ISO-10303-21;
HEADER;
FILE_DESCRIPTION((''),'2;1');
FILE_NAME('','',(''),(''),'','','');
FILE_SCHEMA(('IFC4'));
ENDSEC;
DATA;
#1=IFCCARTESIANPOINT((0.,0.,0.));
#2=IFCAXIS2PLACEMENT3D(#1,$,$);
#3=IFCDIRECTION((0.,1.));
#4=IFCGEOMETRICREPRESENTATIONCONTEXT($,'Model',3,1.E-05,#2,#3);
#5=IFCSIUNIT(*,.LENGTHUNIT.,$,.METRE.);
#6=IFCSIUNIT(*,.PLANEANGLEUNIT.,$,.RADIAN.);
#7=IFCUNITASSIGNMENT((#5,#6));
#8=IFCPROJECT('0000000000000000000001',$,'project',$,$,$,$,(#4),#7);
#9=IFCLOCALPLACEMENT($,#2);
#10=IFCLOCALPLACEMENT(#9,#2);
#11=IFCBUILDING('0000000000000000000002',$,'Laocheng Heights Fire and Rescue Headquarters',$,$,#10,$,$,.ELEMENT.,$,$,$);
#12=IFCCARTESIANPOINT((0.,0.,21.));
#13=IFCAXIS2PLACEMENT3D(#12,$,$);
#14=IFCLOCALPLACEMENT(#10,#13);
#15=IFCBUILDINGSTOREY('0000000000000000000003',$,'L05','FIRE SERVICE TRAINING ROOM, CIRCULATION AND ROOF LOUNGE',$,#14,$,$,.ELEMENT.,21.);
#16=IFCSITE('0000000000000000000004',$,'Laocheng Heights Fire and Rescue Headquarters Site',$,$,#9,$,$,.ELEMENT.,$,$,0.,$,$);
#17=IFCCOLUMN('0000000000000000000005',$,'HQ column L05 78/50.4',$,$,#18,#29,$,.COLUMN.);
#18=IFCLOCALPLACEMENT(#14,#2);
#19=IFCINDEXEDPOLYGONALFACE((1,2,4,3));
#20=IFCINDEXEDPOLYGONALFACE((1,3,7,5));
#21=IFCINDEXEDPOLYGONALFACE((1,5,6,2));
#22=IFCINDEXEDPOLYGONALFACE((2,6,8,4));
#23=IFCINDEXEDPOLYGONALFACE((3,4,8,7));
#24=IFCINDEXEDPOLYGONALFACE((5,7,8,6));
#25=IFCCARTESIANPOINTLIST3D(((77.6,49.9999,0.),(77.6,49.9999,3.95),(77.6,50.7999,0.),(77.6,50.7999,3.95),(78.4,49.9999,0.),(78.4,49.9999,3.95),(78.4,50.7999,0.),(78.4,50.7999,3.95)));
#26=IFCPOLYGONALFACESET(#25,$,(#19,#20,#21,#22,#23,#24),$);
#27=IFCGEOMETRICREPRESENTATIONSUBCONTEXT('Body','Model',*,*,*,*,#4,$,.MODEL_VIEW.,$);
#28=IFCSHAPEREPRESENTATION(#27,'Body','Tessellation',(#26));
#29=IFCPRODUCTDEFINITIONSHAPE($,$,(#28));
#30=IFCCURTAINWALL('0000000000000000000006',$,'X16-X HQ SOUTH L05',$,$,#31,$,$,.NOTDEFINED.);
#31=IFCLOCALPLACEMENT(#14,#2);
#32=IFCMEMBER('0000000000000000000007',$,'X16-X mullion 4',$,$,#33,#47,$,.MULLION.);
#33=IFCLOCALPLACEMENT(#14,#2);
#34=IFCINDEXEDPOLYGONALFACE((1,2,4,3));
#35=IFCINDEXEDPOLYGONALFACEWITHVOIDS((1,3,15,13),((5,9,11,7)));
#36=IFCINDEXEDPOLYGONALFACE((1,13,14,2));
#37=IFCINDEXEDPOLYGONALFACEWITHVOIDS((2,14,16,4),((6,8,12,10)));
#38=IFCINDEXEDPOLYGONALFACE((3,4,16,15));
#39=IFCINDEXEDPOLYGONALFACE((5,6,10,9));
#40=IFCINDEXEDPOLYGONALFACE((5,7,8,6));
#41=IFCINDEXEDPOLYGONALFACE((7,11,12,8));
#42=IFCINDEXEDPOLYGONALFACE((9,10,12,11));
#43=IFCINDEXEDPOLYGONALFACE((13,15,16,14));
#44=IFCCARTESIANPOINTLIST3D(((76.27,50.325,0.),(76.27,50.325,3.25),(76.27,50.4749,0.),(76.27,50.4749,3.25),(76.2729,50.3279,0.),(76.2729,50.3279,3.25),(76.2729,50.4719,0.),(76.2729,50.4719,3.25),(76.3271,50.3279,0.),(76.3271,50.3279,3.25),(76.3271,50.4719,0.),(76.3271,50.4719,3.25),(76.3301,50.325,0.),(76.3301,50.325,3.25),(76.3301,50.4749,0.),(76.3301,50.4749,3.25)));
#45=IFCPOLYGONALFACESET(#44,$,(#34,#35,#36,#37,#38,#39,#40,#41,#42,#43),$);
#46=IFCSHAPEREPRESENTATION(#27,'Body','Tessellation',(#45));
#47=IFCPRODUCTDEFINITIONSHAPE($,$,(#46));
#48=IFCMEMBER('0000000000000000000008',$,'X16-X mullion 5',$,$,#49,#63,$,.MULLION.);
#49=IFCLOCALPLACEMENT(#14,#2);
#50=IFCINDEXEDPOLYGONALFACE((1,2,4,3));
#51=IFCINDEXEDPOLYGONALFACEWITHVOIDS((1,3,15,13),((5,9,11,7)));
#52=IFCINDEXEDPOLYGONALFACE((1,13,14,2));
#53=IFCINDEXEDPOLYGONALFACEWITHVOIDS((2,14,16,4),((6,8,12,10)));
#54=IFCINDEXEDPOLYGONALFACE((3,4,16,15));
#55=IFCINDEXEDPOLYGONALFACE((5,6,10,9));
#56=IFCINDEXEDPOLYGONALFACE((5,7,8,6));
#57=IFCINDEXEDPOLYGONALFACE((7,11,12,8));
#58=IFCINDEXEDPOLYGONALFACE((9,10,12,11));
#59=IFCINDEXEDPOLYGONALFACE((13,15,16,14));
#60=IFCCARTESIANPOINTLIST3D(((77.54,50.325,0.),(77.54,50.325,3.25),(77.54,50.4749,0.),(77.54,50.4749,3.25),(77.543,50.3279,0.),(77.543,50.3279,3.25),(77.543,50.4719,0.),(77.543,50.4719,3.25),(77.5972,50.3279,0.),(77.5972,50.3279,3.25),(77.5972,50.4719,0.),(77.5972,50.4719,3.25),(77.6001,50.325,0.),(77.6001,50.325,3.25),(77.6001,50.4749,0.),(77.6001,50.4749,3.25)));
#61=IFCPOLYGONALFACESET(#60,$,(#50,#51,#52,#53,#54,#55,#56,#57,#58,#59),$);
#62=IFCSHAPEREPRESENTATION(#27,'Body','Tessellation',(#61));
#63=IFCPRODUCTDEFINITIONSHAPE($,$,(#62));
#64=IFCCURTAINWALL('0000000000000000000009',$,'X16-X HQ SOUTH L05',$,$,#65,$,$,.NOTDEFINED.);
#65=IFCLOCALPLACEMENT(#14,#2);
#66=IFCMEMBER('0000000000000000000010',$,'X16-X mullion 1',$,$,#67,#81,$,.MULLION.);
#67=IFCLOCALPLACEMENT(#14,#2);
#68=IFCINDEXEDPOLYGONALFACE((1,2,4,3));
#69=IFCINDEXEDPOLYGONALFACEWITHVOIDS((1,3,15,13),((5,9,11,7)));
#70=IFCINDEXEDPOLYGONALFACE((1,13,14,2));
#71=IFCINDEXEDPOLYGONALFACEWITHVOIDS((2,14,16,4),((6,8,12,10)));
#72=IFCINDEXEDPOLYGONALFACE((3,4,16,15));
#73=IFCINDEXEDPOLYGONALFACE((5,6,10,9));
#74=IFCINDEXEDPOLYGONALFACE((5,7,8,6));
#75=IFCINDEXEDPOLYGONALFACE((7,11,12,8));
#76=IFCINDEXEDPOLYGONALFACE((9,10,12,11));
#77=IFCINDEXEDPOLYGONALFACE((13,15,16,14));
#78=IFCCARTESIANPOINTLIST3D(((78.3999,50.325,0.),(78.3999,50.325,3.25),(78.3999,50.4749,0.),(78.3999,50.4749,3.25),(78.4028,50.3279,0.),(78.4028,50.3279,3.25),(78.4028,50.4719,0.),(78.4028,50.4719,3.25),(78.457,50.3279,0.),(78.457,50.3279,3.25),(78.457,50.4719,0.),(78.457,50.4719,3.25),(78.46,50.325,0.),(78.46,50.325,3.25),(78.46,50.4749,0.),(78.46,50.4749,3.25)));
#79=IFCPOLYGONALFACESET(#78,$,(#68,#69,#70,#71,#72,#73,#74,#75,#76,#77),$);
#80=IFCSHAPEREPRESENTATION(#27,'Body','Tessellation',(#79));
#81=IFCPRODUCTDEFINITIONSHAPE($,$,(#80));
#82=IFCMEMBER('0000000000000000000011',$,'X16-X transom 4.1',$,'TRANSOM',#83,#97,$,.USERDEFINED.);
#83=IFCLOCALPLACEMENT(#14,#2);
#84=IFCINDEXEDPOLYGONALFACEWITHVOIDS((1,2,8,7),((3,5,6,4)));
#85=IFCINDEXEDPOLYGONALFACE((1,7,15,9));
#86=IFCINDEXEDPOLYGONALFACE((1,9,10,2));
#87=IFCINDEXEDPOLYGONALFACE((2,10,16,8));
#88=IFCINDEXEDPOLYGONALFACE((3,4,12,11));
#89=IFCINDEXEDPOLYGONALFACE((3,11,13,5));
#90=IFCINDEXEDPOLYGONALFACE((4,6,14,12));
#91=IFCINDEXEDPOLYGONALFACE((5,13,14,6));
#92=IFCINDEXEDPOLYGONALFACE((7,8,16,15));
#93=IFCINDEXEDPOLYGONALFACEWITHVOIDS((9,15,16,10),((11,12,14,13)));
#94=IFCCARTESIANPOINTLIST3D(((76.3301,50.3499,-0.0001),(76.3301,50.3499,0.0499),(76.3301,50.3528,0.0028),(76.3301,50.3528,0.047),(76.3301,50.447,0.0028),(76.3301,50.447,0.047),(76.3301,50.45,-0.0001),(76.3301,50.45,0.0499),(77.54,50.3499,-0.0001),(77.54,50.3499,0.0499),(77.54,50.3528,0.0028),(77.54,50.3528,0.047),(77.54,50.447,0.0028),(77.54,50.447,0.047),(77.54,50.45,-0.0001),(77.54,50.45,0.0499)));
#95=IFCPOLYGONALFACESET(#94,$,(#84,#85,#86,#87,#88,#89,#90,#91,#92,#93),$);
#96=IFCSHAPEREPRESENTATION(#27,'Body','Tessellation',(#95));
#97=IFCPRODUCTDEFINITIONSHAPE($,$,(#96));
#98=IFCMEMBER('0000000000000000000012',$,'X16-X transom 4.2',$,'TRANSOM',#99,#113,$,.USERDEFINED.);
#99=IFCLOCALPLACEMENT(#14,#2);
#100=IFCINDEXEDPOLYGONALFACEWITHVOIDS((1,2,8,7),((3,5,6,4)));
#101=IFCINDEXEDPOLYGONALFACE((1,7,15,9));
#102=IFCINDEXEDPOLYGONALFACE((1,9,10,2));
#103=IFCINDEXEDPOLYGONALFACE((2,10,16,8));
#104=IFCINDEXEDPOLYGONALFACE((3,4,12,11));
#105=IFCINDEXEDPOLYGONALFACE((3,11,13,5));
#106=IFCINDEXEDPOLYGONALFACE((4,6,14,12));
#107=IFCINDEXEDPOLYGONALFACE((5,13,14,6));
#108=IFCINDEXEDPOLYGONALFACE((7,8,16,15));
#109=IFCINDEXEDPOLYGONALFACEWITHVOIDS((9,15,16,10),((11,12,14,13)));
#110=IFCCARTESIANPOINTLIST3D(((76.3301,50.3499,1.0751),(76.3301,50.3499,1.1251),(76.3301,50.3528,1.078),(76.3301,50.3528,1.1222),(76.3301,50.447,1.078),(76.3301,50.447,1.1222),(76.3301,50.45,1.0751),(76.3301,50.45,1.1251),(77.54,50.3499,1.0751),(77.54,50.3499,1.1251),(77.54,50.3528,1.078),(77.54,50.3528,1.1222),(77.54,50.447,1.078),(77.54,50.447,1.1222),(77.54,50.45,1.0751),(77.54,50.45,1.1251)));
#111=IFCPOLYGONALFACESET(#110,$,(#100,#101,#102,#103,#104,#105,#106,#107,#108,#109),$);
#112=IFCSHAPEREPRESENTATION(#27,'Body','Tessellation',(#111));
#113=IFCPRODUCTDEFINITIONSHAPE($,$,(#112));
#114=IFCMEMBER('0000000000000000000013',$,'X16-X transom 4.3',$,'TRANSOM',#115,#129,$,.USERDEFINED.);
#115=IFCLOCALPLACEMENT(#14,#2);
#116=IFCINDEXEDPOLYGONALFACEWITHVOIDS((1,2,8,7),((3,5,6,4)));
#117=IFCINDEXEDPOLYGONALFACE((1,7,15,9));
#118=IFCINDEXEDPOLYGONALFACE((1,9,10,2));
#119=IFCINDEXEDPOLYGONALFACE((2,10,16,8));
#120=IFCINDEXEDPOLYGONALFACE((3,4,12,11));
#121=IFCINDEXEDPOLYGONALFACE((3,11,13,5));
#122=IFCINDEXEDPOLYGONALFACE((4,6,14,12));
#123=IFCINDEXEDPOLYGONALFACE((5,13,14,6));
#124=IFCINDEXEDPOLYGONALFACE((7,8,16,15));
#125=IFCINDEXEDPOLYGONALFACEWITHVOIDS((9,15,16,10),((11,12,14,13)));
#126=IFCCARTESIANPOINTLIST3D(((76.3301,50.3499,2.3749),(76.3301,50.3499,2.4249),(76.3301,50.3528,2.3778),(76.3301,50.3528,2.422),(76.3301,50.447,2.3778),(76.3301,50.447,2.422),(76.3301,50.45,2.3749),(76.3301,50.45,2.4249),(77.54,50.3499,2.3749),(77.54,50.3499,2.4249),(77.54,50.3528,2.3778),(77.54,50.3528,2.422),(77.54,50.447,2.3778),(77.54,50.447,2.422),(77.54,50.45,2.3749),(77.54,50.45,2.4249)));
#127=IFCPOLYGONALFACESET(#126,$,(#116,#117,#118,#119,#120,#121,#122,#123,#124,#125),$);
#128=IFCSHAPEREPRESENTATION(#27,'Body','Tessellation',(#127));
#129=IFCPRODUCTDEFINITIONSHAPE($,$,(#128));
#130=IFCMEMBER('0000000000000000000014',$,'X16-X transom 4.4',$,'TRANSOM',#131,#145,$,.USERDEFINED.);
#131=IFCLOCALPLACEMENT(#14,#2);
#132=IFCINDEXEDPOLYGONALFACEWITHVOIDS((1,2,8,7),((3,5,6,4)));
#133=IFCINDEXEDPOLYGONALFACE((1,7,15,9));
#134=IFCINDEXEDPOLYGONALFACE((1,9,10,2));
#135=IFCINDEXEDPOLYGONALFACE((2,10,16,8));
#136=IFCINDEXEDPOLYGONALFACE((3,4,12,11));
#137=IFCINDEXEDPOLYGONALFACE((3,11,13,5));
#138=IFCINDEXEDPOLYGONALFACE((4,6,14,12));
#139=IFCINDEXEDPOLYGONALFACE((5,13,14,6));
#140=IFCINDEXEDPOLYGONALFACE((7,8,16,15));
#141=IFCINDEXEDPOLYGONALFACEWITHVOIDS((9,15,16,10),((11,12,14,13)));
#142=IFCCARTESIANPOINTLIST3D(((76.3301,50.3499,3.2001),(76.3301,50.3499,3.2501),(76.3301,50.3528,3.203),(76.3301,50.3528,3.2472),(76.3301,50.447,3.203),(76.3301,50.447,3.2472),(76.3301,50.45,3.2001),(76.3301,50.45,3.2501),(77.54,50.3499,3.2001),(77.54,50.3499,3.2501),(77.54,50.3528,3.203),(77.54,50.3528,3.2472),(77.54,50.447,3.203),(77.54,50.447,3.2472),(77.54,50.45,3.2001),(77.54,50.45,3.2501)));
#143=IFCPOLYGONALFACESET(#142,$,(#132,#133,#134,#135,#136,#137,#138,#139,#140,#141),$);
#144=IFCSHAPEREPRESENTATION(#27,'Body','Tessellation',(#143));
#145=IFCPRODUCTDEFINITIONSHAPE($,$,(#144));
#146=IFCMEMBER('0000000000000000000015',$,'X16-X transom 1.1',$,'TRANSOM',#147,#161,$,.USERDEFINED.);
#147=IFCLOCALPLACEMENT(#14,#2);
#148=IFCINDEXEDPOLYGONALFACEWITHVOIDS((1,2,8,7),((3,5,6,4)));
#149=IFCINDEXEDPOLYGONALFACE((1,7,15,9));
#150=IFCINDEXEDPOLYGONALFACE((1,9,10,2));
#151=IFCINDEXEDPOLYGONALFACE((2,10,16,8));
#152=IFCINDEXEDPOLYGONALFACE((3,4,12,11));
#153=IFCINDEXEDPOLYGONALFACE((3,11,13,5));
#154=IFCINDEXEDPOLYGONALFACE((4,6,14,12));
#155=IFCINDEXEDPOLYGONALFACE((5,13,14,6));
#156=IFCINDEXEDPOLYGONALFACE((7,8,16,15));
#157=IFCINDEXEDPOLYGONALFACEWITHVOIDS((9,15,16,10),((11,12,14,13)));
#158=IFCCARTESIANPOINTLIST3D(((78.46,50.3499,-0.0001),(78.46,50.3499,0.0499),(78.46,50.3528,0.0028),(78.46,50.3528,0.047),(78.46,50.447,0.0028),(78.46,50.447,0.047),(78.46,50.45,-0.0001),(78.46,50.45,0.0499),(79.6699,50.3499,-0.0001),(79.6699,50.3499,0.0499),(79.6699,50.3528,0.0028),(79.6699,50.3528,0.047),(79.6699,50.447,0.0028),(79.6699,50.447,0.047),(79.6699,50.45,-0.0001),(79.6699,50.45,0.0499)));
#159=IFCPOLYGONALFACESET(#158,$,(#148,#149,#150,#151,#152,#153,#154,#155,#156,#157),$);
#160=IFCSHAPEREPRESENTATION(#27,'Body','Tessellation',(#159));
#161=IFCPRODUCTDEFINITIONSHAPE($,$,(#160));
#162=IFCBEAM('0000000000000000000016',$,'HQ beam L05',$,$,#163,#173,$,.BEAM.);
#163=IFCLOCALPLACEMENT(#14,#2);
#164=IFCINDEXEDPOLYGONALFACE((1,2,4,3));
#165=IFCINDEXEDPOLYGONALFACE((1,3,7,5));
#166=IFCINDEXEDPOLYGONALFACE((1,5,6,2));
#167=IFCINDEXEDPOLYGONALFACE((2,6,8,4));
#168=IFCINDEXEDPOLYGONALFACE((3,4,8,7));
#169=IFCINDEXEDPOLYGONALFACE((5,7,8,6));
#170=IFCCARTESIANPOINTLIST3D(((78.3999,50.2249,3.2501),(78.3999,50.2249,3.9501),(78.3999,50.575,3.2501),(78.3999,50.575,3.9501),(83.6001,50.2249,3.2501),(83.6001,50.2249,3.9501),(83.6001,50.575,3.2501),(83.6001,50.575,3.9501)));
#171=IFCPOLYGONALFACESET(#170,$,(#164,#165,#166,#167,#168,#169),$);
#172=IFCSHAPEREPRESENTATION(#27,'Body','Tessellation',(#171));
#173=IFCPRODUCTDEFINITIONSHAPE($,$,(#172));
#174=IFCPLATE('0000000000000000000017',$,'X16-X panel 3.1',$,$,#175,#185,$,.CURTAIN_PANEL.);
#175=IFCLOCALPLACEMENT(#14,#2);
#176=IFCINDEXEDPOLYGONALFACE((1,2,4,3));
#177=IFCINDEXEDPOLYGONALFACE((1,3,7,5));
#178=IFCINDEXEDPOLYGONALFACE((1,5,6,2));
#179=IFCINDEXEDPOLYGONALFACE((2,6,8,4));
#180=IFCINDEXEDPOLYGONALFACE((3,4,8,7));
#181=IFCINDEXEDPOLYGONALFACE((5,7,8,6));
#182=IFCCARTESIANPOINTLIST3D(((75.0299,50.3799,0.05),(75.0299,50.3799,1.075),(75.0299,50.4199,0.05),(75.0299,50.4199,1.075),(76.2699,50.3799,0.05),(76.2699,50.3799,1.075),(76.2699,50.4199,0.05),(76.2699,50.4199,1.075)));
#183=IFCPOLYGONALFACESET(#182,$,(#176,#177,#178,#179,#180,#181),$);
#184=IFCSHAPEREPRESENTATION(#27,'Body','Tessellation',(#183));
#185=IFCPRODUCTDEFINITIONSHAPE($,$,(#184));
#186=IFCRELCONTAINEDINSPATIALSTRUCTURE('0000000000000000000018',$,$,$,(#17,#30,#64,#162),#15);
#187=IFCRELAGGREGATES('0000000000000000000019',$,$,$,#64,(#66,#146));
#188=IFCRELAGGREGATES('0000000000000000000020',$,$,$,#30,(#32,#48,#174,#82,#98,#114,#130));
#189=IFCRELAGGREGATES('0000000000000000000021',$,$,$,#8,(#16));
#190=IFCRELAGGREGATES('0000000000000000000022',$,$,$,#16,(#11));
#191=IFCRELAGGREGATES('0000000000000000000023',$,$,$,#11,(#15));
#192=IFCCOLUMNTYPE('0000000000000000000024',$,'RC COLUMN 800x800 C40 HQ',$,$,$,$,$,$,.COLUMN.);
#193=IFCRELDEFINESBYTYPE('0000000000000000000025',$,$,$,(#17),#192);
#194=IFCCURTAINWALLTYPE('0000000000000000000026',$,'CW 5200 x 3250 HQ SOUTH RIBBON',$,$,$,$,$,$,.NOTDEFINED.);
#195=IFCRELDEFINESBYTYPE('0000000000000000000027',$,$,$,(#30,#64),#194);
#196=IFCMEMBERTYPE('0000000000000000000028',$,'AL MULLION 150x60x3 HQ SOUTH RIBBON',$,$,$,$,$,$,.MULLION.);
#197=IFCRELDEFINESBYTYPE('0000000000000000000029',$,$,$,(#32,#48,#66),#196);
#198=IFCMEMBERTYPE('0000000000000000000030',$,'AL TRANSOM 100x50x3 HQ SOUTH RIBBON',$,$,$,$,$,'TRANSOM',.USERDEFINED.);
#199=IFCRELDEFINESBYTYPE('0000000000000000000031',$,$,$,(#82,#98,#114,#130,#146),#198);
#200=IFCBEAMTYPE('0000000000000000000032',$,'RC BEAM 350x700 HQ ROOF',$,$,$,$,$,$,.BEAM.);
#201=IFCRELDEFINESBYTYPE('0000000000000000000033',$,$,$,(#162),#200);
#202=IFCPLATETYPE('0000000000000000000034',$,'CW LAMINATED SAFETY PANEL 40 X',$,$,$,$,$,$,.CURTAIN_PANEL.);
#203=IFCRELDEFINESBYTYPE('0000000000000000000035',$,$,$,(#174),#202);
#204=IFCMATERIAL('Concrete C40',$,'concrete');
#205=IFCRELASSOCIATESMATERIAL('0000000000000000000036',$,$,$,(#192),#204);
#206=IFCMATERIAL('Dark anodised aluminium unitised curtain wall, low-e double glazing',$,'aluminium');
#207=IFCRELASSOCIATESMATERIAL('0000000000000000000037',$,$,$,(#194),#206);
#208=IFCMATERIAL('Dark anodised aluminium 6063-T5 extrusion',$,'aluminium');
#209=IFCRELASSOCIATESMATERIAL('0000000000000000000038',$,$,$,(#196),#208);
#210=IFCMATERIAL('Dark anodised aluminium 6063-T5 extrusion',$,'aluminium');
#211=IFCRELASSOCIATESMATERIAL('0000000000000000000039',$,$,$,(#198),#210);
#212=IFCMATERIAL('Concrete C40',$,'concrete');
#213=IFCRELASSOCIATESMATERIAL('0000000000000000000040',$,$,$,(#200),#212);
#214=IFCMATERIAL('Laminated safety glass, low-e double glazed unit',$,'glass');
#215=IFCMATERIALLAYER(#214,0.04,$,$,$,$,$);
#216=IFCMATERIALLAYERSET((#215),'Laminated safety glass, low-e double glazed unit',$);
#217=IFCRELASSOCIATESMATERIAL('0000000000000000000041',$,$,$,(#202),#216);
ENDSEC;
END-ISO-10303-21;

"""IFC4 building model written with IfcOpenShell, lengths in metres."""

from ifc_helpers import new_model, si_unit, direction, frame, origin, origin_2d, place, context, subcontext, project, spatial, rectangle, hollow_rectangle, extrude, material, layer, layer_set, material_profile, profile_set, type_object, element, aggregate, save


model = new_model("IFC4")

# Units and contexts
model_context = context("Model", 3, precision=1e-05, world=origin(), true_north=direction((0.0, 1.0)))
body_context = subcontext(model_context, "Body", "Model", "MODEL_VIEW")
ifc_project = project(units=[si_unit("LENGTHUNIT", "METRE"), si_unit("PLANEANGLEUNIT", "RADIAN")], contexts=[model_context])

# Site, building, storey
site_placement = place(None, origin())
site = spatial("IfcSite", under=ifc_project, at=site_placement, Name="Laocheng Heights Fire and Rescue Headquarters Site", CompositionType="ELEMENT", RefElevation=0.0)
building_placement = place(site_placement, origin())
building = spatial("IfcBuilding", under=site, at=building_placement, Name="Laocheng Heights Fire and Rescue Headquarters", CompositionType="ELEMENT")
storey_placement = place(building_placement, frame((0.0, 0.0, 21.0)))
storey = spatial("IfcBuildingStorey", under=building, at=storey_placement, Name="L05", Description="FIRE SERVICE TRAINING ROOM, CIRCULATION AND ROOF LOUNGE", CompositionType="ELEMENT", Elevation=21.0)

# Column
ifc_material_1 = material(Name="Concrete C40", Category="concrete")
ifc_material_profile_1 = material_profile(ifc_material_1, rectangle(XDim=0.8, YDim=0.8, at=origin_2d()), Name="RC COLUMN 800x800 C40 HQ")
ifc_profile_set_1 = profile_set([ifc_material_profile_1], Name="Concrete C40")
column_type = type_object("IfcColumnType", Name="RC COLUMN 800x800 C40 HQ", PredefinedType="COLUMN", material=ifc_profile_set_1)
column_placement = place(storey_placement, frame((78.0, 50.3999, 0.0), z_axis=(0.0, 0.0, 1.0), x_axis=(1.0, 0.0, 0.0)))
element("IfcColumn", 1, at=column_placement, inside=storey, type_object=column_type, Name="HQ column L05 78/50.4", PredefinedType="COLUMN", context=body_context, shape_type="SweptSolid", body=[
    extrude(rectangle(XDim=0.8, YDim=0.8, at=origin_2d()), origin(), (0.0, 0.0, 1.0), 3.95),
])

# Curtain wall, members
ifc_material_2 = material(Name="Dark anodised aluminium unitised curtain wall, low-e double glazing", Category="aluminium")
curtain_wall_type = type_object("IfcCurtainWallType", Name="CW 5200 x 3250 HQ SOUTH RIBBON", PredefinedType="NOTDEFINED", material=ifc_material_2)
curtain_wall_1_placement = place(storey_placement, origin())
curtain_wall_1 = element("IfcCurtainWall", 2, at=curtain_wall_1_placement, inside=storey, type_object=curtain_wall_type, Name="X16-X HQ SOUTH L05", PredefinedType="NOTDEFINED")
ifc_material_3 = material(Name="Dark anodised aluminium 6063-T5 extrusion", Category="aluminium")
ifc_material_profile_2 = material_profile(ifc_material_3, hollow_rectangle(XDim=0.1499, YDim=0.0601, WallThickness=0.0029, at=origin_2d()), Name="AL MULLION 150x60x3 HQ SOUTH RIBBON")
ifc_profile_set_2 = profile_set([ifc_material_profile_2], Name="Dark anodised aluminium 6063-T5 extrusion")
member_type_1 = type_object("IfcMemberType", Name="AL MULLION 150x60x3 HQ SOUTH RIBBON", PredefinedType="MULLION", material=ifc_profile_set_2)
member_1_placement = place(storey_placement, frame((76.3, 50.3999, 0.0), z_axis=(0.0, 0.0, 1.0), x_axis=(0.0, 1.0, 0.0)))
member_1 = element("IfcMember", 3, at=member_1_placement, type_object=member_type_1, Name="X16-X mullion 4", PredefinedType="MULLION", context=body_context, shape_type="SweptSolid", body=[
    extrude(hollow_rectangle(XDim=0.1499, YDim=0.0601, WallThickness=0.0029, at=origin_2d()), origin(), (0.0, 0.0, 1.0), 3.25),
])
member_2_placement = place(storey_placement, frame((77.5701, 50.3999, 0.0), z_axis=(0.0, 0.0, 1.0), x_axis=(0.0, 1.0, 0.0)))
member_2 = element("IfcMember", 4, at=member_2_placement, type_object=member_type_1, Name="X16-X mullion 5", PredefinedType="MULLION", context=body_context, shape_type="SweptSolid", body=[
    extrude(hollow_rectangle(XDim=0.1499, YDim=0.0601, WallThickness=0.0029, at=origin_2d()), origin(), (0.0, 0.0, 1.0), 3.25),
])

# Curtain wall, member
curtain_wall_2_placement = place(storey_placement, origin())
curtain_wall_2 = element("IfcCurtainWall", 5, at=curtain_wall_2_placement, inside=storey, type_object=curtain_wall_type, Name="X16-X HQ SOUTH L05", PredefinedType="NOTDEFINED")
member_3_placement = place(storey_placement, frame((78.4299, 50.3999, 0.0), z_axis=(0.0, 0.0, 1.0), x_axis=(0.0, 1.0, 0.0)))
member_3 = element("IfcMember", 6, at=member_3_placement, type_object=member_type_1, Name="X16-X mullion 1", PredefinedType="MULLION", context=body_context, shape_type="SweptSolid", body=[
    extrude(hollow_rectangle(XDim=0.1499, YDim=0.0601, WallThickness=0.0029, at=origin_2d()), origin(), (0.0, 0.0, 1.0), 3.25),
])

# Members
ifc_material_4 = material(Name="Dark anodised aluminium 6063-T5 extrusion", Category="aluminium")
ifc_material_profile_3 = material_profile(ifc_material_4, hollow_rectangle(XDim=0.1001, YDim=0.05, WallThickness=0.0029, at=origin_2d()), Name="AL TRANSOM 100x50x3 HQ SOUTH RIBBON")
ifc_profile_set_3 = profile_set([ifc_material_profile_3], Name="Dark anodised aluminium 6063-T5 extrusion")
member_type_2 = type_object("IfcMemberType", Name="AL TRANSOM 100x50x3 HQ SOUTH RIBBON", ElementType="TRANSOM", PredefinedType="USERDEFINED", material=ifc_profile_set_3)
member_4_placement = place(storey_placement, frame((76.3301, 50.3999, 0.0249), z_axis=(1.0, 0.0, 0.0), x_axis=(0.0, 1.0, 0.0)))
member_4 = element("IfcMember", 7, at=member_4_placement, type_object=member_type_2, Name="X16-X transom 4.1", ObjectType="TRANSOM", PredefinedType="USERDEFINED", context=body_context, shape_type="SweptSolid", body=[
    extrude(hollow_rectangle(XDim=0.1001, YDim=0.05, WallThickness=0.0029, at=origin_2d()), origin(), (0.0, 0.0, 1.0), 1.21),
])
member_5_placement = place(storey_placement, frame((76.3301, 50.3999, 1.1001), z_axis=(1.0, 0.0, 0.0), x_axis=(0.0, 1.0, 0.0)))
member_5 = element("IfcMember", 8, at=member_5_placement, type_object=member_type_2, Name="X16-X transom 4.2", ObjectType="TRANSOM", PredefinedType="USERDEFINED", context=body_context, shape_type="SweptSolid", body=[
    extrude(hollow_rectangle(XDim=0.1001, YDim=0.05, WallThickness=0.0029, at=origin_2d()), origin(), (0.0, 0.0, 1.0), 1.21),
])
member_6_placement = place(storey_placement, frame((76.3301, 50.3999, 2.3999), z_axis=(1.0, 0.0, 0.0), x_axis=(0.0, 1.0, 0.0)))
member_6 = element("IfcMember", 9, at=member_6_placement, type_object=member_type_2, Name="X16-X transom 4.3", ObjectType="TRANSOM", PredefinedType="USERDEFINED", context=body_context, shape_type="SweptSolid", body=[
    extrude(hollow_rectangle(XDim=0.1001, YDim=0.05, WallThickness=0.0029, at=origin_2d()), origin(), (0.0, 0.0, 1.0), 1.21),
])
member_7_placement = place(storey_placement, frame((76.3301, 50.3999, 3.2251), z_axis=(1.0, 0.0, 0.0), x_axis=(0.0, 1.0, 0.0)))
member_7 = element("IfcMember", 10, at=member_7_placement, type_object=member_type_2, Name="X16-X transom 4.4", ObjectType="TRANSOM", PredefinedType="USERDEFINED", context=body_context, shape_type="SweptSolid", body=[
    extrude(hollow_rectangle(XDim=0.1001, YDim=0.05, WallThickness=0.0029, at=origin_2d()), origin(), (0.0, 0.0, 1.0), 1.21),
])
member_8_placement = place(storey_placement, frame((78.46, 50.3999, 0.0249), z_axis=(1.0, 0.0, 0.0), x_axis=(0.0, 1.0, 0.0)))
member_8 = element("IfcMember", 11, at=member_8_placement, type_object=member_type_2, Name="X16-X transom 1.1", ObjectType="TRANSOM", PredefinedType="USERDEFINED", context=body_context, shape_type="SweptSolid", body=[
    extrude(hollow_rectangle(XDim=0.1001, YDim=0.05, WallThickness=0.0029, at=origin_2d()), origin(), (0.0, 0.0, 1.0), 1.21),
])
aggregate(curtain_wall_2, [member_3, member_8])

# Beam
ifc_material_5 = material(Name="Concrete C40", Category="concrete")
ifc_material_profile_4 = material_profile(ifc_material_5, rectangle(XDim=0.3501, YDim=0.7, at=origin_2d()), Name="RC BEAM 350x700 HQ ROOF")
ifc_profile_set_4 = profile_set([ifc_material_profile_4], Name="Concrete C40")
beam_type = type_object("IfcBeamType", Name="RC BEAM 350x700 HQ ROOF", PredefinedType="BEAM", material=ifc_profile_set_4)
beam_placement = place(storey_placement, frame((78.3999, 50.3999, 3.6001), z_axis=(1.0, 0.0, 0.0), x_axis=(0.0, 1.0, 0.0)))
element("IfcBeam", 12, at=beam_placement, inside=storey, type_object=beam_type, Name="HQ beam L05", PredefinedType="BEAM", context=body_context, shape_type="SweptSolid", body=[
    extrude(rectangle(XDim=0.3501, YDim=0.7, at=origin_2d()), origin(), (0.0, 0.0, 1.0), 5.2002),
])

# Plate
ifc_material_6 = material(Name="Laminated safety glass, low-e double glazed unit", Category="glass")
ifc_layer_1 = layer(ifc_material_6, 0.04)
ifc_layer_set_1 = layer_set([ifc_layer_1], Name="Laminated safety glass, low-e double glazed unit")
plate_type_1 = type_object("IfcPlateType", Name="CW LAMINATED SAFETY PANEL 40 X", PredefinedType="CURTAIN_PANEL", material=ifc_layer_set_1)
plate_1_placement = place(storey_placement, frame((75.6499, 50.3999, 0.05), z_axis=(0.0, 0.0, 1.0), x_axis=(1.0, 0.0, 0.0)))
plate_1 = element("IfcPlate", 13, at=plate_1_placement, type_object=plate_type_1, Name="X16-X panel 3.1", PredefinedType="CURTAIN_PANEL", context=body_context, shape_type="SweptSolid", body=[
    extrude(rectangle(XDim=1.24, YDim=0.04, at=origin_2d()), origin(), (0.0, 0.0, 1.0), 1.0249),
])
aggregate(curtain_wall_1, [member_1, member_2, plate_1, member_4, member_5, member_6, member_7])

save(model, "model.ifc")
